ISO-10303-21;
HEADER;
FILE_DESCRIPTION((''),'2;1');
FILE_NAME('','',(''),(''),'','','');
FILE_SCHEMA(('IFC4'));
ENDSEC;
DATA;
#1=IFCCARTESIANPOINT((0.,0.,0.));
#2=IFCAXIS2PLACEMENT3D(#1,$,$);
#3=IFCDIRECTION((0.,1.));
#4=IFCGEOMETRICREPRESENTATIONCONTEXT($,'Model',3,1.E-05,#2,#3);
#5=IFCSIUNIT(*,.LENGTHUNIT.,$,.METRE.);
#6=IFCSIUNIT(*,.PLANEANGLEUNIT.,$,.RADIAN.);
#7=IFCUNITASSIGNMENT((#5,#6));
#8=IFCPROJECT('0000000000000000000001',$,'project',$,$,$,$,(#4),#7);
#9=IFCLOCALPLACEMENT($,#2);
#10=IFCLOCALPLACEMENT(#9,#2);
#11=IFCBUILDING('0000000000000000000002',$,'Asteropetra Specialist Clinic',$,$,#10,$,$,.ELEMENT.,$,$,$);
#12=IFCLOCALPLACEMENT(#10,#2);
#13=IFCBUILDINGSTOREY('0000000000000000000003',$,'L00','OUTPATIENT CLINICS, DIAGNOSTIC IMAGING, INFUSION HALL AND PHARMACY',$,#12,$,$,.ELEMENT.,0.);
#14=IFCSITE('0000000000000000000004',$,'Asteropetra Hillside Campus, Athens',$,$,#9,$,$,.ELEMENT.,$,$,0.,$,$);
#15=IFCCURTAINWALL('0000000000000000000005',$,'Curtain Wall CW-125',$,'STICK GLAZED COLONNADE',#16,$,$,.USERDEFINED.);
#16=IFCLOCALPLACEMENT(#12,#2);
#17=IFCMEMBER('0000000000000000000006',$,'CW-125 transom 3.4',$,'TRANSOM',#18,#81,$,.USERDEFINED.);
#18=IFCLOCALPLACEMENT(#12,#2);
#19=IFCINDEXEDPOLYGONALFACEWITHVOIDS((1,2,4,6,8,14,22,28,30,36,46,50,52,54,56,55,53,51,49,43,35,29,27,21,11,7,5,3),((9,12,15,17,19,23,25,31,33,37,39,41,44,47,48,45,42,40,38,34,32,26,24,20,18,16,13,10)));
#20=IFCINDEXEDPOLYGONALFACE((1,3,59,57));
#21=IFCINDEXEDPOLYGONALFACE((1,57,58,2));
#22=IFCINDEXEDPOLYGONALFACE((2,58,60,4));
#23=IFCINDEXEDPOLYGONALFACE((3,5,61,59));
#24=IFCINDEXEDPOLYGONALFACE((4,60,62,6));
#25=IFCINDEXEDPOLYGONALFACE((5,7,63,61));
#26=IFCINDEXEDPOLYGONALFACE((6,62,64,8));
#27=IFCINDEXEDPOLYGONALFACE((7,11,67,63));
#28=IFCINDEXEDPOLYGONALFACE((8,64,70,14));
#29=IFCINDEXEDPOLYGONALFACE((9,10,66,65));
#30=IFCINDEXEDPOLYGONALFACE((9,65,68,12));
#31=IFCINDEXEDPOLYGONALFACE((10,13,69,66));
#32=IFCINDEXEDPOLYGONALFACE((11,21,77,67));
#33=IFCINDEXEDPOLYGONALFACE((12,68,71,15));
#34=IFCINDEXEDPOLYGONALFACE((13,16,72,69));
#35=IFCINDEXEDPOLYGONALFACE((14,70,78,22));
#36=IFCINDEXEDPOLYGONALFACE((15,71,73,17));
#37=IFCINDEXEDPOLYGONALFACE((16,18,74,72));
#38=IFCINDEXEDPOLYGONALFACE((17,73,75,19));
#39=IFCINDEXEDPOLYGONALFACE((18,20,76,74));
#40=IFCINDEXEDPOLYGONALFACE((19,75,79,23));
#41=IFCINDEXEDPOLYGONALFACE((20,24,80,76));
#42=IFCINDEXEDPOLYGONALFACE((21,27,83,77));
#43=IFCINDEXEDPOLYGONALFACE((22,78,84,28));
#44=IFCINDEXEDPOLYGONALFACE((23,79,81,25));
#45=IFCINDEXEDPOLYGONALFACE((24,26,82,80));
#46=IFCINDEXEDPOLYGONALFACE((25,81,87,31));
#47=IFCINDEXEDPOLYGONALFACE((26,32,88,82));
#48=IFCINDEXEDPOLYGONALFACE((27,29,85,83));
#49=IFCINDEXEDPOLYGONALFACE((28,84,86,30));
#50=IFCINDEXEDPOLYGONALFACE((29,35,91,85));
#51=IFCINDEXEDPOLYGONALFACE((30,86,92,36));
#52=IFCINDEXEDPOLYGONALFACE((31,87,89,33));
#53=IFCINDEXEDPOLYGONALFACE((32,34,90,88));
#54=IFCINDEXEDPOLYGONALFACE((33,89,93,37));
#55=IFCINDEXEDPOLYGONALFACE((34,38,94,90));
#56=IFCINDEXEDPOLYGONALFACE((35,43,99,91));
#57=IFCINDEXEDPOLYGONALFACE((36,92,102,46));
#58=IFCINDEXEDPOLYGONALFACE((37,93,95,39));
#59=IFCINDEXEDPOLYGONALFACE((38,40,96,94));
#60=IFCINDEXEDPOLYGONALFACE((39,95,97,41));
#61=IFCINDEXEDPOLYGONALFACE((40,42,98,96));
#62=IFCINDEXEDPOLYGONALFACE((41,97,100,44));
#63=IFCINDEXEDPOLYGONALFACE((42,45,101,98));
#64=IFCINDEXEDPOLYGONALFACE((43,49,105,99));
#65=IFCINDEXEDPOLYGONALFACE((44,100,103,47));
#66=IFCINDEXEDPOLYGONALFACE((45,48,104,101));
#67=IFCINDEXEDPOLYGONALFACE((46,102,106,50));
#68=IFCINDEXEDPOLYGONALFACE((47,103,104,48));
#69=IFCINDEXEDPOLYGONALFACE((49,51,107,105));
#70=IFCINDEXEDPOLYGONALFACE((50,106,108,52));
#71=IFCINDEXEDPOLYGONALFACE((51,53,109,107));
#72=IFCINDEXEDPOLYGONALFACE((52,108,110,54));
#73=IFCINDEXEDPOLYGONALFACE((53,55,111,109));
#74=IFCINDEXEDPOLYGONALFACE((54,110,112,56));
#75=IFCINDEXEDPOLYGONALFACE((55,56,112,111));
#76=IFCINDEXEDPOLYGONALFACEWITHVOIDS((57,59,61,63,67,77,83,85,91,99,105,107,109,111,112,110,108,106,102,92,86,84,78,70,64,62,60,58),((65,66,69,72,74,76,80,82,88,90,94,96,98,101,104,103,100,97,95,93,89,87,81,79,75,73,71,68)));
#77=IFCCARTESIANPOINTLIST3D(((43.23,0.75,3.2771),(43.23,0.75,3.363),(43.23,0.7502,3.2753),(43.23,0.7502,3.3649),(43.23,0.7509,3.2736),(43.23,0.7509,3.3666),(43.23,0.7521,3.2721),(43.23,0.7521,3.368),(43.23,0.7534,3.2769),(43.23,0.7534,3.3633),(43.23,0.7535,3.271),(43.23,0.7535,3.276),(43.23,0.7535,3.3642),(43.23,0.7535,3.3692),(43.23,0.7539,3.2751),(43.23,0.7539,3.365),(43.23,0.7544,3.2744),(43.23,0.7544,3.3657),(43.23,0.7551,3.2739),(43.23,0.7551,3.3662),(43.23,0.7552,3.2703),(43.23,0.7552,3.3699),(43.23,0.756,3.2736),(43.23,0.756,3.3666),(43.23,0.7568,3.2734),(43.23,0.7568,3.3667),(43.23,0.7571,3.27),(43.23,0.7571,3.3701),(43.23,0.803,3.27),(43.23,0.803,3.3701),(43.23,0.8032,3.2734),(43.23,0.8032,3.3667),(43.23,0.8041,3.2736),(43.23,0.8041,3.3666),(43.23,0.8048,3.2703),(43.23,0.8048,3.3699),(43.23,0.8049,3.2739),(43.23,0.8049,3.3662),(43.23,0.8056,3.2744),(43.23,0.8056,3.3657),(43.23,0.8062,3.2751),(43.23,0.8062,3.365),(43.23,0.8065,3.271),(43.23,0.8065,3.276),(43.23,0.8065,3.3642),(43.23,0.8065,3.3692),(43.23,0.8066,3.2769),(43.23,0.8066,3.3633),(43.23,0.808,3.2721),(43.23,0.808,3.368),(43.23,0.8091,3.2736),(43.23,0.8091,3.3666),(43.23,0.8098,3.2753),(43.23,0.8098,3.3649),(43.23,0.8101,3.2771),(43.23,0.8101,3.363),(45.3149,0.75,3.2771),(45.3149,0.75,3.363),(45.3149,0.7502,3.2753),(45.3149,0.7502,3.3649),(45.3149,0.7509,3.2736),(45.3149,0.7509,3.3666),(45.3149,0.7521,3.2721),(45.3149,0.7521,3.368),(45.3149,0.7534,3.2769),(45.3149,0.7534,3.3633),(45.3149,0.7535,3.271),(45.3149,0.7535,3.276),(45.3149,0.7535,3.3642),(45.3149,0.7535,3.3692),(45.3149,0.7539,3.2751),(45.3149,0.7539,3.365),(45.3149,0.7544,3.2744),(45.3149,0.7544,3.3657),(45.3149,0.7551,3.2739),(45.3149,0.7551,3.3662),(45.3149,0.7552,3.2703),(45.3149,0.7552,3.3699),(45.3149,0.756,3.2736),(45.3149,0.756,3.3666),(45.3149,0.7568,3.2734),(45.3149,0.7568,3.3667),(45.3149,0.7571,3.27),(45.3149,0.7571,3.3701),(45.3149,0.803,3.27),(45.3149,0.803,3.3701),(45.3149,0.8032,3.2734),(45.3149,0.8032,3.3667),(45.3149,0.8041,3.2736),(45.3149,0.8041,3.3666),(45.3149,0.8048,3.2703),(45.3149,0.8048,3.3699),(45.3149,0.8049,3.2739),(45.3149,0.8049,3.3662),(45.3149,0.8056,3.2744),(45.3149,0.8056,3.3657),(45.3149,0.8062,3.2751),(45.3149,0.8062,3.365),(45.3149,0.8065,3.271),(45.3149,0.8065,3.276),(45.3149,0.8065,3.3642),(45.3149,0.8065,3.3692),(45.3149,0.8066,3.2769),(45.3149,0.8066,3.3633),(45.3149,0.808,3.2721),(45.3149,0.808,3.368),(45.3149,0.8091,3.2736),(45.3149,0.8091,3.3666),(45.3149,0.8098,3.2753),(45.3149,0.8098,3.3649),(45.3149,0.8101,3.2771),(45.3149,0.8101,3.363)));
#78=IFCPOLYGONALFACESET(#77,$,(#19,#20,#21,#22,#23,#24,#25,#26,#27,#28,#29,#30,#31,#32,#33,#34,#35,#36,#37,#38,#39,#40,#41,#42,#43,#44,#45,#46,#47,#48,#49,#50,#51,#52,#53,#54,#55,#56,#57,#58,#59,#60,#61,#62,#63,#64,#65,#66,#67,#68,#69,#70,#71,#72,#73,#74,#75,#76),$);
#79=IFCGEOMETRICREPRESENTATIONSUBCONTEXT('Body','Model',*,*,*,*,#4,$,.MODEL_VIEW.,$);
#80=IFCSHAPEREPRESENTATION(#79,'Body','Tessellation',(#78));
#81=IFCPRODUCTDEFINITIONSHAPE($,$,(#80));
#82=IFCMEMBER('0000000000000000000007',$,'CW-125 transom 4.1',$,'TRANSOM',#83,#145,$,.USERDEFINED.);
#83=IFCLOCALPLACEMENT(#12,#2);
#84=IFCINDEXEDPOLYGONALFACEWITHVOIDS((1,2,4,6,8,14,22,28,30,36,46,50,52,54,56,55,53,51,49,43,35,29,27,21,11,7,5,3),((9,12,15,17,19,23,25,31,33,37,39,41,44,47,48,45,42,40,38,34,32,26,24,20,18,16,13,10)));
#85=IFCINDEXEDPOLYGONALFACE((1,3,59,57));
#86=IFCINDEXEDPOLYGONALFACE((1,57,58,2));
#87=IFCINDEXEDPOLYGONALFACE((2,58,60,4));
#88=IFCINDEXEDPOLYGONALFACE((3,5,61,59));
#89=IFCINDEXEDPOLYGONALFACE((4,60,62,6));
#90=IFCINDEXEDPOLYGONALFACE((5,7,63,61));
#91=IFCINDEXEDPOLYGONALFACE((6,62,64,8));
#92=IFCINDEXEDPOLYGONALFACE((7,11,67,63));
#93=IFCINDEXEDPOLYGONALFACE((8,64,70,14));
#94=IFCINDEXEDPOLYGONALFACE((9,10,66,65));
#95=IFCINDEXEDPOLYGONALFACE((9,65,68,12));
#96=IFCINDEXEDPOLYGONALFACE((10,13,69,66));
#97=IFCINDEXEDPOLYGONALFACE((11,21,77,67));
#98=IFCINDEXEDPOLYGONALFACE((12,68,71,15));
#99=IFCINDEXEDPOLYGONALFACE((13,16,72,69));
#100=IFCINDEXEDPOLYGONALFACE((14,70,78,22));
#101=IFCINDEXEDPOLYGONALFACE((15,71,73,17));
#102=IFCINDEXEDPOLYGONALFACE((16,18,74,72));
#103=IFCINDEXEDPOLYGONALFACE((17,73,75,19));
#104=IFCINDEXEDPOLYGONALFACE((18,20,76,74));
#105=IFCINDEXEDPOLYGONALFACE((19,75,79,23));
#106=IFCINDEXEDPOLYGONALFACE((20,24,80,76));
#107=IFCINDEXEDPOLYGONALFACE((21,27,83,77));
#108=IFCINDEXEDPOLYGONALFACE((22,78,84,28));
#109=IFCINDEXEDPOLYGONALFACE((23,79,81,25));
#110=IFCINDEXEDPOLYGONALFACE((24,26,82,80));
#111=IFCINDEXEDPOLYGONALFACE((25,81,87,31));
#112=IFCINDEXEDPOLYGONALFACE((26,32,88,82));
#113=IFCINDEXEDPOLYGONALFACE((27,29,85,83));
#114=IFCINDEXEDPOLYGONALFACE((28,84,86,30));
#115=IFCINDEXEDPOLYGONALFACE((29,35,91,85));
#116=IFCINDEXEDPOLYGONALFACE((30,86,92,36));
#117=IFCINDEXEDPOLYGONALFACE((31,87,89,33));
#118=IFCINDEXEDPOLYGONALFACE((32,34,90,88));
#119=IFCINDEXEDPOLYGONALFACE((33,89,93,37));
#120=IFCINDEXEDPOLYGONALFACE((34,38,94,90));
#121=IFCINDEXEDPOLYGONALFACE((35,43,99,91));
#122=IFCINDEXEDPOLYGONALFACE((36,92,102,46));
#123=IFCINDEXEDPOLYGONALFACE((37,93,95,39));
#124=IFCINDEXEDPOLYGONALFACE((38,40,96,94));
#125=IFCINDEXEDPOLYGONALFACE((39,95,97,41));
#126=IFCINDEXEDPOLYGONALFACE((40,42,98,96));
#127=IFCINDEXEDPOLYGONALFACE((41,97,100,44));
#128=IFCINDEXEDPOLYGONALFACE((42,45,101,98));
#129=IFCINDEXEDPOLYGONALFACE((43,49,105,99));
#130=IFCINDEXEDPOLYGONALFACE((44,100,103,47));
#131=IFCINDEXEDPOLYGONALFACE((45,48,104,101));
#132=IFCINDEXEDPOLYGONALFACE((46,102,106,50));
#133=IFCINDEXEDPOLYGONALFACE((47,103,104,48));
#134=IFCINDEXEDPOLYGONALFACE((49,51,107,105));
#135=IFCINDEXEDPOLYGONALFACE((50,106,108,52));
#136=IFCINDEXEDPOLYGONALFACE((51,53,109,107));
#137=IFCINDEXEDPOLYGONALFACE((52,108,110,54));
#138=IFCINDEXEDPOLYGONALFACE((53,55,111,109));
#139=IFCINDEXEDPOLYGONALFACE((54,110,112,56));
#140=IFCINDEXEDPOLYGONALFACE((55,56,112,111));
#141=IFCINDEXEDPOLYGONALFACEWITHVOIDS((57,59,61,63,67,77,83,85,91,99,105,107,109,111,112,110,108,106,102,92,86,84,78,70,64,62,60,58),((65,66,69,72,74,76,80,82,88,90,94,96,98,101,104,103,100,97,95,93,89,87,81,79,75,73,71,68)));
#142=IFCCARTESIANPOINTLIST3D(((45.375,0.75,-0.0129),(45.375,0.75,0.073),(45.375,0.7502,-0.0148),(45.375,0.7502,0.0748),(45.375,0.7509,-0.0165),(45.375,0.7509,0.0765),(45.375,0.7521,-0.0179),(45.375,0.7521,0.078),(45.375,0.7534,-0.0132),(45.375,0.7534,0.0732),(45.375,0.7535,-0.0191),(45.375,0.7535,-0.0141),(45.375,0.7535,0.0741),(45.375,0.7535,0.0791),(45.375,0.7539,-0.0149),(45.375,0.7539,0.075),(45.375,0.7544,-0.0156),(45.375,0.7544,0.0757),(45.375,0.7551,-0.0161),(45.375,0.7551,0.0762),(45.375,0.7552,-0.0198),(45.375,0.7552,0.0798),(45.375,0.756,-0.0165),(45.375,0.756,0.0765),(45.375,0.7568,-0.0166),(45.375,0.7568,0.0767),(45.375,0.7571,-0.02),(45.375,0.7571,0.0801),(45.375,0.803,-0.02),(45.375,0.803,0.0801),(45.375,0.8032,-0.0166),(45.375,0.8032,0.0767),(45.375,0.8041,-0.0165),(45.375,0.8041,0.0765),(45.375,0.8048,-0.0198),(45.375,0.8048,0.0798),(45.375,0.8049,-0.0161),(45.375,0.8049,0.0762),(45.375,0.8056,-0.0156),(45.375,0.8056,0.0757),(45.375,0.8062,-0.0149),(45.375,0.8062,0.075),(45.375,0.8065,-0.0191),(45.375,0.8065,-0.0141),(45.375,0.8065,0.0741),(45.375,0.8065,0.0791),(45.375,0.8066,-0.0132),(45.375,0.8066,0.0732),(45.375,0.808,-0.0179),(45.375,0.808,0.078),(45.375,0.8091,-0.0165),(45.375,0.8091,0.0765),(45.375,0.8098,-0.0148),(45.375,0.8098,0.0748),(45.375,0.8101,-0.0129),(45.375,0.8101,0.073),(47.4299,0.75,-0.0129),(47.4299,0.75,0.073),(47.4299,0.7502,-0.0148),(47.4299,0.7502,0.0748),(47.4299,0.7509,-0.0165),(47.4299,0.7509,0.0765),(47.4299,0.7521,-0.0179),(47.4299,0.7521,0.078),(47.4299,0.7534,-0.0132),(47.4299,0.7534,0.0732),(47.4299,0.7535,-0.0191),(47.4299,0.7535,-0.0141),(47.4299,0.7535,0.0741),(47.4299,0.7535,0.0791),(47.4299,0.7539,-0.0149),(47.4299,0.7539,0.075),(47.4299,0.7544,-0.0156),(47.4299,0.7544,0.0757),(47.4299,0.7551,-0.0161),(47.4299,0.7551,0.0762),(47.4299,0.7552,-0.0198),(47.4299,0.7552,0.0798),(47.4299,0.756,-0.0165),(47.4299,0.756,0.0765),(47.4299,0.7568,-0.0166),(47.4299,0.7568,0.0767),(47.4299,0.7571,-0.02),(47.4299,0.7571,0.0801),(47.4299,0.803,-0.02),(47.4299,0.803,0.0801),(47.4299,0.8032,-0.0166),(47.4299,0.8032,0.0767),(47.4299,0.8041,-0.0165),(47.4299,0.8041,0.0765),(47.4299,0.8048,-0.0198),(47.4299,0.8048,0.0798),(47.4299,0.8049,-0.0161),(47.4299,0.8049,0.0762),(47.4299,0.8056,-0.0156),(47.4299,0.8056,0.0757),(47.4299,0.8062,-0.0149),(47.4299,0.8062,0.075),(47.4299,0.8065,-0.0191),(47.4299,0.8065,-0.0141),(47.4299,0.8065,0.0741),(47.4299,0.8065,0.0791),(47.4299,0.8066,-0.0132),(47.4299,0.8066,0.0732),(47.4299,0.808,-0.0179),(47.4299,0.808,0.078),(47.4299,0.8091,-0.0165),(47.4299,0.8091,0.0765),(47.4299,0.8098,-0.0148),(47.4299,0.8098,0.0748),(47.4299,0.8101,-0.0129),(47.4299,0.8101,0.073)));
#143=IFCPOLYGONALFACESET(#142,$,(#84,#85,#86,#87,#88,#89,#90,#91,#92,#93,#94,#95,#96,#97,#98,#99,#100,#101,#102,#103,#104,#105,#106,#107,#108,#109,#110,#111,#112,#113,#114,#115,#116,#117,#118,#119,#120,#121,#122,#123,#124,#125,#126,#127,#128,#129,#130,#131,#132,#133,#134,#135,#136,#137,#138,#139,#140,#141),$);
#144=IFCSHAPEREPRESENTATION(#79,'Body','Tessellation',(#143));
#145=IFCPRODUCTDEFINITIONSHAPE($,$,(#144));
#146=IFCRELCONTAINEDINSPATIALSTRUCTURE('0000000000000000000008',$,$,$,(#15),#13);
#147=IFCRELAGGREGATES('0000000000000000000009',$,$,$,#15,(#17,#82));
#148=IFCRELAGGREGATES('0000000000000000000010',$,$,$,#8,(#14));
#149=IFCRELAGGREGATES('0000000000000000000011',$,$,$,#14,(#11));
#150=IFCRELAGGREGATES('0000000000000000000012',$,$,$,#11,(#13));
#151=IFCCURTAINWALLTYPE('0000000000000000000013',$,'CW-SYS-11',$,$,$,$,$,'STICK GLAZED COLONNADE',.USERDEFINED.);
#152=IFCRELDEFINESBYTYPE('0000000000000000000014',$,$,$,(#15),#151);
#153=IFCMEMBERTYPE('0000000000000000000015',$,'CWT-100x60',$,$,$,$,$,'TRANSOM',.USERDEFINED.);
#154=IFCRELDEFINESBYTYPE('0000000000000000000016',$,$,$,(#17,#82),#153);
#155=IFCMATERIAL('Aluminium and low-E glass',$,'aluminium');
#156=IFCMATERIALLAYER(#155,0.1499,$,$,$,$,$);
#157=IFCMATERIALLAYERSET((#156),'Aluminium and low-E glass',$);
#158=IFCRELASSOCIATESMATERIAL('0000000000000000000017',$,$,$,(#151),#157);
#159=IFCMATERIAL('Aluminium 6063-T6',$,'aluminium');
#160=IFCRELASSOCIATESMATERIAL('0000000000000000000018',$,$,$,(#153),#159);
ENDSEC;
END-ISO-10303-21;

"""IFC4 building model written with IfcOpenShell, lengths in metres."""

from ifc_helpers import new_model, si_unit, direction, frame, origin, origin_2d, place, context, subcontext, project, spatial, hollow_rectangle, extrude, material, layer, layer_set, material_profile, profile_set, type_object, element, aggregate, save


model = new_model("IFC4")

# Units and contexts
model_context = context("Model", 3, precision=1e-05, world=origin(), true_north=direction((0.0, 1.0)))
body_context = subcontext(model_context, "Body", "Model", "MODEL_VIEW")
ifc_project = project(units=[si_unit("LENGTHUNIT", "METRE"), si_unit("PLANEANGLEUNIT", "RADIAN")], contexts=[model_context])

# Site, building, storey
site_placement = place(None, origin())
site = spatial("IfcSite", under=ifc_project, at=site_placement, Name="Asteropetra Hillside Campus, Athens", CompositionType="ELEMENT", RefElevation=0.0)
building_placement = place(site_placement, origin())
building = spatial("IfcBuilding", under=site, at=building_placement, Name="Asteropetra Specialist Clinic", CompositionType="ELEMENT")
storey_placement = place(building_placement, origin())
storey = spatial("IfcBuildingStorey", under=building, at=storey_placement, Name="L00", Description="OUTPATIENT CLINICS, DIAGNOSTIC IMAGING, INFUSION HALL AND PHARMACY", CompositionType="ELEMENT", Elevation=0.0)

# Curtain wall, members
ifc_material_1 = material(Name="Aluminium and low-E glass", Category="aluminium")
ifc_layer_1 = layer(ifc_material_1, 0.1499)
ifc_layer_set_1 = layer_set([ifc_layer_1], Name="Aluminium and low-E glass")
curtain_wall_type = type_object("IfcCurtainWallType", Name="CW-SYS-11", ElementType="STICK GLAZED COLONNADE", PredefinedType="USERDEFINED", material=ifc_layer_set_1)
curtain_wall_placement = place(storey_placement, origin())
curtain_wall = element("IfcCurtainWall", 1, at=curtain_wall_placement, inside=storey, type_object=curtain_wall_type, Name="Curtain Wall CW-125", ObjectType="STICK GLAZED COLONNADE", PredefinedType="USERDEFINED")
ifc_material_2 = material(Name="Aluminium 6063-T6", Category="aluminium")
ifc_material_profile_1 = material_profile(ifc_material_2, hollow_rectangle(XDim=0.0601, YDim=0.1001, WallThickness=0.0034, InnerFilletRadius=0.0034, OuterFilletRadius=0.0071, at=origin_2d()), Name="TRN 100x60x3.5")
ifc_profile_set_1 = profile_set([ifc_material_profile_1], Name="Aluminium 6063-T6")
member_type_1 = type_object("IfcMemberType", Name="CWT-100x60", ElementType="TRANSOM", PredefinedType="USERDEFINED", material=ifc_profile_set_1)
member_1_placement = place(storey_placement, frame((43.23, 0.78, 3.3201), z_axis=(1.0, 0.0, 0.0), x_axis=(0.0, 1.0, 0.0)))
member_1 = element("IfcMember", 2, at=member_1_placement, type_object=member_type_1, Name="CW-125 transom 3.4", ObjectType="TRANSOM", PredefinedType="USERDEFINED", context=body_context, shape_type="SweptSolid", body=[
    extrude(hollow_rectangle(XDim=0.0601, YDim=0.1001, WallThickness=0.0034, InnerFilletRadius=0.0034, OuterFilletRadius=0.0071, at=origin_2d()), origin(), (0.0, 0.0, 1.0), 2.085),
])
member_2_placement = place(storey_placement, frame((45.375, 0.78, 0.03), z_axis=(1.0, 0.0, 0.0), x_axis=(0.0, 1.0, 0.0)))
member_2 = element("IfcMember", 3, at=member_2_placement, type_object=member_type_1, Name="CW-125 transom 4.1", ObjectType="TRANSOM", PredefinedType="USERDEFINED", context=body_context, shape_type="SweptSolid", body=[
    extrude(hollow_rectangle(XDim=0.0601, YDim=0.1001, WallThickness=0.0034, InnerFilletRadius=0.0034, OuterFilletRadius=0.0071, at=origin_2d()), origin(), (0.0, 0.0, 1.0), 2.0549),
])

aggregate(curtain_wall, [member_1, member_2])

save(model, "model.ifc")
